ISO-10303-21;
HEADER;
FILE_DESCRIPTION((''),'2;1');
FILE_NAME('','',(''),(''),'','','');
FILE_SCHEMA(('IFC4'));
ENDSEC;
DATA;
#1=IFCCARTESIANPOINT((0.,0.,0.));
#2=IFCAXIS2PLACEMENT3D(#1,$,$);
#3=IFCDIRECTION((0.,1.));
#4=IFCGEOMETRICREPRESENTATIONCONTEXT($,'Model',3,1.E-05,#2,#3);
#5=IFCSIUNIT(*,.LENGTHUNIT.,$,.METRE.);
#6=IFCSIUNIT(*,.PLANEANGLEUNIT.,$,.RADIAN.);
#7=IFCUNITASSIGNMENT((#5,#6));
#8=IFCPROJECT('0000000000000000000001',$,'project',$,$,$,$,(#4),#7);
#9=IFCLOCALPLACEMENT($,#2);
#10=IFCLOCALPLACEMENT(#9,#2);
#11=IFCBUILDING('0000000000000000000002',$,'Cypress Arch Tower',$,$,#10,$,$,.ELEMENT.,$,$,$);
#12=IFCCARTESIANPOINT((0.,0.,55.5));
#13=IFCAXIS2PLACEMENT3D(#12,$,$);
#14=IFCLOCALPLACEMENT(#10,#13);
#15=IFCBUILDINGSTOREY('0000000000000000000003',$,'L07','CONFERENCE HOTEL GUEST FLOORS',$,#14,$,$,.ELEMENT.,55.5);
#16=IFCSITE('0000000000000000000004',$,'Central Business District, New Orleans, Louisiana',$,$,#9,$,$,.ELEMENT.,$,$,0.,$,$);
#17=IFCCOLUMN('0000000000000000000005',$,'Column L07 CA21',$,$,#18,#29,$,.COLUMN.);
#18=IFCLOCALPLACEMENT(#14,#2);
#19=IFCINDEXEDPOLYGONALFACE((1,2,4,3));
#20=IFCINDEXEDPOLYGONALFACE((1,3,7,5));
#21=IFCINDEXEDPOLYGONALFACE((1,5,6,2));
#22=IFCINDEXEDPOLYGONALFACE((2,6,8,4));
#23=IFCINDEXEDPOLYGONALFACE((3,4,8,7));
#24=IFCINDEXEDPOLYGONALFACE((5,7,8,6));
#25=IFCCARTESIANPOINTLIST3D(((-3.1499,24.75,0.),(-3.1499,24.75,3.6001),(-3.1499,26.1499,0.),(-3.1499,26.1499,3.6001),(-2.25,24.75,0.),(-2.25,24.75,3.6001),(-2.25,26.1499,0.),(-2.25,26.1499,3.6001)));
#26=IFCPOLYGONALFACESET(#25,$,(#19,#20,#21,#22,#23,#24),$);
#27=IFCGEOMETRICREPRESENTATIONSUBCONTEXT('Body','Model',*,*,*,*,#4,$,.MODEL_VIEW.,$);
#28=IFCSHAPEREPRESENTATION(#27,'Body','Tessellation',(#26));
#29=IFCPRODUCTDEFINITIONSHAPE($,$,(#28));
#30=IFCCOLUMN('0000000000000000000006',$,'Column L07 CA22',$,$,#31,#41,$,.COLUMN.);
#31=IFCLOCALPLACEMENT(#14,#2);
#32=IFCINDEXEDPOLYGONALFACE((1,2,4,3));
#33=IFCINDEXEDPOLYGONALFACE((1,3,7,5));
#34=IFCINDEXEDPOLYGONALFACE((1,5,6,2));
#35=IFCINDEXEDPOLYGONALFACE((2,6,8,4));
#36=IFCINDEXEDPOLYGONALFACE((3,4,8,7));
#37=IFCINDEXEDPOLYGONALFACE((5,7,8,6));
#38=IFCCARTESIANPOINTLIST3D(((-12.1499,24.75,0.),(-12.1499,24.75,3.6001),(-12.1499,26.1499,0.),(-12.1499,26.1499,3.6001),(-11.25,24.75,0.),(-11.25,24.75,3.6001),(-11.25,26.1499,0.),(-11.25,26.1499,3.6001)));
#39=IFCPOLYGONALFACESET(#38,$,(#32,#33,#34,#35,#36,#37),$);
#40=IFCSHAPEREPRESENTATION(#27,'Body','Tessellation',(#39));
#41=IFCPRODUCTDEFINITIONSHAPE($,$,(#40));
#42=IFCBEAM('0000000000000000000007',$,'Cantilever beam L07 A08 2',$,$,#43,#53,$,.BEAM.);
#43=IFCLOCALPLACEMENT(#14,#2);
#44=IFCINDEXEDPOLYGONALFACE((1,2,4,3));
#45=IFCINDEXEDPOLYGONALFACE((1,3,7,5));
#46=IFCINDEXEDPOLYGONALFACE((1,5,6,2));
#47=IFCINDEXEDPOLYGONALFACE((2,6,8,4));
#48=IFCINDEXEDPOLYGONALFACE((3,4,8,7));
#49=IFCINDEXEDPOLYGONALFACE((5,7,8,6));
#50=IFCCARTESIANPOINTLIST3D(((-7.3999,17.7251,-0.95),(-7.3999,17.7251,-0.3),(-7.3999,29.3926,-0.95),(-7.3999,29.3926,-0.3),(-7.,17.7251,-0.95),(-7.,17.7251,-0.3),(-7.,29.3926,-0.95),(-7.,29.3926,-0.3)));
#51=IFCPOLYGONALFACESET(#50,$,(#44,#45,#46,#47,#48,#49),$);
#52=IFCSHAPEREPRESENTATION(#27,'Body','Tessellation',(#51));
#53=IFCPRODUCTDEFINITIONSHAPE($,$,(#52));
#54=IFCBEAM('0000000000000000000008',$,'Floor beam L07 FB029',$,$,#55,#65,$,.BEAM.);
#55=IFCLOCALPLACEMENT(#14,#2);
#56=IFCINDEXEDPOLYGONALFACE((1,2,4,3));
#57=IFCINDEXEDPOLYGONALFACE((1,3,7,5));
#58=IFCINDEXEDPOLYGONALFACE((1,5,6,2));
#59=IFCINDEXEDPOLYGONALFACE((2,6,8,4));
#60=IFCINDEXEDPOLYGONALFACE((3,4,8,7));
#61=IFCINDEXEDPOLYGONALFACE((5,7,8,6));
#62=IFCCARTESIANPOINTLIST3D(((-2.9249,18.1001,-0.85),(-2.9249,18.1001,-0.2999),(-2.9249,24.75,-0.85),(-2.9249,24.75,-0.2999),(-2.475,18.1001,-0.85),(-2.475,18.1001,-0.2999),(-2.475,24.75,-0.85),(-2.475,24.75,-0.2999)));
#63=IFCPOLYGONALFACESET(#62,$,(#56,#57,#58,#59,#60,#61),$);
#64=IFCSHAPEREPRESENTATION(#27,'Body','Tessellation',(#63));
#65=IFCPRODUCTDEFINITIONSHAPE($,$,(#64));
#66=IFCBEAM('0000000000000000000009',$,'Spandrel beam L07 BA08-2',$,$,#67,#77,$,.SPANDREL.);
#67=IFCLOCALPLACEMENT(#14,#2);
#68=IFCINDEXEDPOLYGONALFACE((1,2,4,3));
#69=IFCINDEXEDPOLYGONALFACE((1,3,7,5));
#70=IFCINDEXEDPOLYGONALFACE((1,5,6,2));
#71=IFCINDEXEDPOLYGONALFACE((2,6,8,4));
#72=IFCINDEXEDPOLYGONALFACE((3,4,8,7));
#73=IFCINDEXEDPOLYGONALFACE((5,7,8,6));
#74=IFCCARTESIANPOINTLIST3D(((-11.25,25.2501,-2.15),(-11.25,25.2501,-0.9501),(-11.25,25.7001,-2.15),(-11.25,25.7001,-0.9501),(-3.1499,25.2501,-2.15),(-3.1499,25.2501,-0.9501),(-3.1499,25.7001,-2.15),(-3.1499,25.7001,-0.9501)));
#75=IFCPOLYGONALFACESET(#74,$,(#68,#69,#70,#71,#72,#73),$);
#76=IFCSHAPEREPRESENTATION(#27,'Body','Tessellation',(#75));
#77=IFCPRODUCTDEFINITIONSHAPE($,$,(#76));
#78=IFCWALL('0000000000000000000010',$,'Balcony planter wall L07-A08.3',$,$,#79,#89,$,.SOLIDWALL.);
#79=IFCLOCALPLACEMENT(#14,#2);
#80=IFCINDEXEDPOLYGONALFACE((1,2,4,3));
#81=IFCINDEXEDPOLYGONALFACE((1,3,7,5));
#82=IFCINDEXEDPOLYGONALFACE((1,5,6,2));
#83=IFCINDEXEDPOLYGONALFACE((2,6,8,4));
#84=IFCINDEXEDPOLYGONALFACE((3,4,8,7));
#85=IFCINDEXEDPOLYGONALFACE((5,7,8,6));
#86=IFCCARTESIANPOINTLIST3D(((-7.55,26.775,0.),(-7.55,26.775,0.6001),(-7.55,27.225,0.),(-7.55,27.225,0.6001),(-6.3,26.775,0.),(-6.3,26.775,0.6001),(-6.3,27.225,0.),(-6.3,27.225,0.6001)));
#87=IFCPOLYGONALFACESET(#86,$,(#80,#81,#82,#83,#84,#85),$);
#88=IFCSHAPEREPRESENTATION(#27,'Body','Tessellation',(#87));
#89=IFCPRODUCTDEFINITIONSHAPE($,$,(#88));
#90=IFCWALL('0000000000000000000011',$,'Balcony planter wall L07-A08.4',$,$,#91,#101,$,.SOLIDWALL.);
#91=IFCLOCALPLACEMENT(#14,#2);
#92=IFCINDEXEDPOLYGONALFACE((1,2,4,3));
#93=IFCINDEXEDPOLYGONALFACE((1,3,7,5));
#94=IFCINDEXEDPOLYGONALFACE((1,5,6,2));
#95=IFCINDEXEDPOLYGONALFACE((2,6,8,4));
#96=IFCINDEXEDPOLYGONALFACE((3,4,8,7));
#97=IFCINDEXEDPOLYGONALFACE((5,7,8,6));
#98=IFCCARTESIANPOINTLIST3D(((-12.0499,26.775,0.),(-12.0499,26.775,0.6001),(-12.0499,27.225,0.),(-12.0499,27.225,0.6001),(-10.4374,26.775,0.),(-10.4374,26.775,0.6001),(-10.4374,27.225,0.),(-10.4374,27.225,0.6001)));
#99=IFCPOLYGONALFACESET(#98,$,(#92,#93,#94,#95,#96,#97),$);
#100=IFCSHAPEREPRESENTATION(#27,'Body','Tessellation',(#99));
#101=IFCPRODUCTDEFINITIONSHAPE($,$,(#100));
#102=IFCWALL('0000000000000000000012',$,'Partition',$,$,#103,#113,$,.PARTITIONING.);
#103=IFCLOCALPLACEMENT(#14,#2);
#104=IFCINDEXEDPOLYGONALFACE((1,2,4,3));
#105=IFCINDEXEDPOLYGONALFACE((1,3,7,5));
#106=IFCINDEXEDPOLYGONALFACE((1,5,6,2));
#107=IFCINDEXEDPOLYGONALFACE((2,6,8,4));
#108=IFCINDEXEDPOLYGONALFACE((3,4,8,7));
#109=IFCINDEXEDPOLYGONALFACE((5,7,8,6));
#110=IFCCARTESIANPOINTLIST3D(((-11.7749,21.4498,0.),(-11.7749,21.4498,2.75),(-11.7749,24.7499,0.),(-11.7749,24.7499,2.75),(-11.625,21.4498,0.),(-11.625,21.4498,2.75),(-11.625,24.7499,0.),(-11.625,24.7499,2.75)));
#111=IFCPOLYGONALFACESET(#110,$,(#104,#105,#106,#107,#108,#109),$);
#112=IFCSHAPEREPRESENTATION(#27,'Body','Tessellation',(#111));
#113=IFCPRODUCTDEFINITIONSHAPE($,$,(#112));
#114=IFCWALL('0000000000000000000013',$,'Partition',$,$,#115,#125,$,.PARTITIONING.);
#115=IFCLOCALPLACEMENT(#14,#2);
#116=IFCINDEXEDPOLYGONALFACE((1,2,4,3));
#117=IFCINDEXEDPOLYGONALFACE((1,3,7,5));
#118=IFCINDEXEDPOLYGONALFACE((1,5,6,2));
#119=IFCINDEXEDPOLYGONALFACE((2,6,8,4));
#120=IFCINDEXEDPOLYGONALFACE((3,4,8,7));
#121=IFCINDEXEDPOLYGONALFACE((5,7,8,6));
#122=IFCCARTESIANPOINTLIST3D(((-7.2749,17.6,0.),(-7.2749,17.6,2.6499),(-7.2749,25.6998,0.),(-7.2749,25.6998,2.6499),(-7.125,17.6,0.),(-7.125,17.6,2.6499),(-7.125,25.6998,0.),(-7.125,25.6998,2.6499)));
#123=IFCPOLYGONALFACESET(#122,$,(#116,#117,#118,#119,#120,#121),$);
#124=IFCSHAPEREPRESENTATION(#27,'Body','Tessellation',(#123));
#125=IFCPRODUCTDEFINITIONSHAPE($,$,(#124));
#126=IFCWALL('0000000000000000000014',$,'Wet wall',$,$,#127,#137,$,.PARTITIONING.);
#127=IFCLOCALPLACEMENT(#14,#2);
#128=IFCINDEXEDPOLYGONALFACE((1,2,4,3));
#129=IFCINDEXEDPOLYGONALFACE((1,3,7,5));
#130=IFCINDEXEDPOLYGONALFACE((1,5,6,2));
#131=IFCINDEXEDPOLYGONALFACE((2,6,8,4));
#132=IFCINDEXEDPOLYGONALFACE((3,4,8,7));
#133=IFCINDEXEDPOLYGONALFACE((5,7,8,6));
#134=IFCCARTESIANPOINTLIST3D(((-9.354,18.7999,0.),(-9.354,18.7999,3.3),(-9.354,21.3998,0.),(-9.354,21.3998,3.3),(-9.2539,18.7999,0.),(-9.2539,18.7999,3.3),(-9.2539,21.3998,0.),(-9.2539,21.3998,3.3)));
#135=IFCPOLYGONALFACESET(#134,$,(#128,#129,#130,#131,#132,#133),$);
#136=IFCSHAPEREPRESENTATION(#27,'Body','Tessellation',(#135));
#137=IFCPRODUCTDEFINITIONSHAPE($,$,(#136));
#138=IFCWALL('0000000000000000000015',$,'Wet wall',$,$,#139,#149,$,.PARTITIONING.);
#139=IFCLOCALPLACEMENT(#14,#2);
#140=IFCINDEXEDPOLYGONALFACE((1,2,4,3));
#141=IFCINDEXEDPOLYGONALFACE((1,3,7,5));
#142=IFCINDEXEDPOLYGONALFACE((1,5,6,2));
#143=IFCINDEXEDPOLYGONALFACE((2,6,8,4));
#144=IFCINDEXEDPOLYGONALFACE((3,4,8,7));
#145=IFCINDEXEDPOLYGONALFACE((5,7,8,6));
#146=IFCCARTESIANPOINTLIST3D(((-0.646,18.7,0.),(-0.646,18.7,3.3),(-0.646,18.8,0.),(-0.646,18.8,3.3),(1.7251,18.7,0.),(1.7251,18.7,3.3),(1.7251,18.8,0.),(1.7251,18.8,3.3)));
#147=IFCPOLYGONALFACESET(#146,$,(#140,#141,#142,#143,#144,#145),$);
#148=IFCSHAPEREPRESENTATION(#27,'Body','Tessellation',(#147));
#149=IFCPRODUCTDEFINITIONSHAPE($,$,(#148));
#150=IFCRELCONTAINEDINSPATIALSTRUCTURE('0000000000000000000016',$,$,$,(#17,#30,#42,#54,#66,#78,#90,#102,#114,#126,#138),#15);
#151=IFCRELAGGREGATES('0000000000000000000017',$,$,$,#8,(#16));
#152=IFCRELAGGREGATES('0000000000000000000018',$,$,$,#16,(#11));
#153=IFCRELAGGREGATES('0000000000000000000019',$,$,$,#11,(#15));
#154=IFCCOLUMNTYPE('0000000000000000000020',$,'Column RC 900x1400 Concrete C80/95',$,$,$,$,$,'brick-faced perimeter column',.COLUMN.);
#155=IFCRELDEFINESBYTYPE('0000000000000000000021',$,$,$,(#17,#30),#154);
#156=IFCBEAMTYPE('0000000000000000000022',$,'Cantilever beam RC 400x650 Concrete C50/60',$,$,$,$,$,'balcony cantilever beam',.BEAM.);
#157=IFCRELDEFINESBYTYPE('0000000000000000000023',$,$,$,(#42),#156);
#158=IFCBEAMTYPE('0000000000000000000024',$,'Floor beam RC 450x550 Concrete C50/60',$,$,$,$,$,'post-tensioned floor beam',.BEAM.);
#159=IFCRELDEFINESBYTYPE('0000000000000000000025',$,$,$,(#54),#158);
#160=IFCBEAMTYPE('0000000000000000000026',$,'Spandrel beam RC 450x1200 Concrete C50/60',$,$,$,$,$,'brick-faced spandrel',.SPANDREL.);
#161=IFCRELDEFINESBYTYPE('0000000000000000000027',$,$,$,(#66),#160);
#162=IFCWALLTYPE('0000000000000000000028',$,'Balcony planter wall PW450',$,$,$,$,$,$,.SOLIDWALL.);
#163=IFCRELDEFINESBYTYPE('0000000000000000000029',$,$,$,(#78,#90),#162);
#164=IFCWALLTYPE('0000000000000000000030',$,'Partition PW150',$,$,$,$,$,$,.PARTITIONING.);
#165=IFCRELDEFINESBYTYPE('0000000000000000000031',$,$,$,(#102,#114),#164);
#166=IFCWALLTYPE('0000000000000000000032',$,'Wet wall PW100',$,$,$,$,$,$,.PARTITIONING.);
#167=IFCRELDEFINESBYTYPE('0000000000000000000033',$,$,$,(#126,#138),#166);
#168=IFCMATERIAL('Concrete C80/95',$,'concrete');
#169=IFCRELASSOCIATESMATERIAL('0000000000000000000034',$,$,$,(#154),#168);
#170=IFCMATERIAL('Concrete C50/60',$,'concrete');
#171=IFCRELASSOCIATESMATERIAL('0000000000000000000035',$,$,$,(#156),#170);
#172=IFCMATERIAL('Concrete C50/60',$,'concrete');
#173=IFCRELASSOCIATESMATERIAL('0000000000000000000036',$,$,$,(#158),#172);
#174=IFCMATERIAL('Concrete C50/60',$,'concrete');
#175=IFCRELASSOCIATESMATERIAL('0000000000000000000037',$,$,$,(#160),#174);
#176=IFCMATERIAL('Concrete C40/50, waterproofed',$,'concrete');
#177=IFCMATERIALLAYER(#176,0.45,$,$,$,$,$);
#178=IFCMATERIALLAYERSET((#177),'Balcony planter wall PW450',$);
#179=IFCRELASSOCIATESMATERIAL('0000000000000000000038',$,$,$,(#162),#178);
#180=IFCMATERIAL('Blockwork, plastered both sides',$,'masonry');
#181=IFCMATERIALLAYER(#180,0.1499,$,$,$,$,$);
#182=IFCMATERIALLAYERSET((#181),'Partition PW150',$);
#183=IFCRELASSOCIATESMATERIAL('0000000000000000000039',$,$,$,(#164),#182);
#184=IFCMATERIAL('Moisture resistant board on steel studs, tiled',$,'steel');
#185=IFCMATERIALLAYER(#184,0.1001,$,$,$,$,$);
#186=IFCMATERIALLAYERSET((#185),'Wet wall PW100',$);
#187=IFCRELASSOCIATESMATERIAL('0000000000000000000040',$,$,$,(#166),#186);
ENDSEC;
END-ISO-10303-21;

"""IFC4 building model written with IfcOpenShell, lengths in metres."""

from ifc_helpers import new_model, si_unit, direction, frame, frame_2d, origin, origin_2d, place, context, subcontext, project, spatial, rectangle, extrude, material, layer, layer_set, material_profile, profile_set, type_object, element, save


model = new_model("IFC4")

# Units and contexts
model_context = context("Model", 3, precision=1e-05, world=origin(), true_north=direction((0.0, 1.0)))
body_context = subcontext(model_context, "Body", "Model", "MODEL_VIEW")
ifc_project = project(units=[si_unit("LENGTHUNIT", "METRE"), si_unit("PLANEANGLEUNIT", "RADIAN")], contexts=[model_context])

# Site, building, storey
site_placement = place(None, origin())
site = spatial("IfcSite", under=ifc_project, at=site_placement, Name="Central Business District, New Orleans, Louisiana", CompositionType="ELEMENT", RefElevation=0.0)
building_placement = place(site_placement, origin())
building = spatial("IfcBuilding", under=site, at=building_placement, Name="Cypress Arch Tower", CompositionType="ELEMENT")
storey_placement = place(building_placement, frame((0.0, 0.0, 55.5)))
storey = spatial("IfcBuildingStorey", under=building, at=storey_placement, Name="L07", Description="CONFERENCE HOTEL GUEST FLOORS", CompositionType="ELEMENT", Elevation=55.5)

# Columns
ifc_material_1 = material(Name="Concrete C80/95", Category="concrete")
ifc_material_profile_1 = material_profile(ifc_material_1, rectangle(XDim=0.8999, YDim=1.3999, at=origin_2d()), Name="RC 900x1400")
ifc_profile_set_1 = profile_set([ifc_material_profile_1], Name="Concrete C80/95")
column_type = type_object("IfcColumnType", Name="Column RC 900x1400 Concrete C80/95", ElementType="brick-faced perimeter column", PredefinedType="COLUMN", material=ifc_profile_set_1)
for number, where, z_axis, x_axis, name in (
    (1, (-2.7, 25.45, 0.0), (0.0, 0.0, 1.0), (-1.0, 0.0, 0.0), "Column L07 CA21"),
    (2, (-11.7, 25.45, 0.0), (0.0, 0.0, 1.0), (-1.0, 0.0, 0.0), "Column L07 CA22"),
):
    element("IfcColumn", number, at=place(storey_placement, frame(where, z_axis=z_axis, x_axis=x_axis)), inside=storey, type_object=column_type, Name=name, PredefinedType="COLUMN", context=body_context, shape_type="SweptSolid", body=[
        extrude(rectangle(XDim=0.8999, YDim=1.3999, at=origin_2d()), origin(), (0.0, 0.0, 1.0), 3.6001),
    ])

# Beams
ifc_material_2 = material(Name="Concrete C50/60", Category="concrete")
ifc_material_profile_2 = material_profile(ifc_material_2, rectangle(XDim=0.3999, YDim=0.6499, at=origin_2d()), Name="RC 400x650")
ifc_profile_set_2 = profile_set([ifc_material_profile_2], Name="Concrete C50/60")
beam_type_1 = type_object("IfcBeamType", Name="Cantilever beam RC 400x650 Concrete C50/60", ElementType="balcony cantilever beam", PredefinedType="BEAM", material=ifc_profile_set_2)
beam_1_placement = place(storey_placement, frame((-7.2, 17.7251, -0.625), z_axis=(0.0, 1.0, 0.0), x_axis=(-1.0, 0.0, 0.0)))
element("IfcBeam", 3, at=beam_1_placement, inside=storey, type_object=beam_type_1, Name="Cantilever beam L07 A08 2", PredefinedType="BEAM", context=body_context, shape_type="SweptSolid", body=[
    extrude(rectangle(XDim=0.3999, YDim=0.6499, at=origin_2d()), origin(), (0.0, 0.0, 1.0), 11.6675),
])
ifc_material_3 = material(Name="Concrete C50/60", Category="concrete")
ifc_material_profile_3 = material_profile(ifc_material_3, rectangle(XDim=0.45, YDim=0.55, at=origin_2d()), Name="RC 450x550")
ifc_profile_set_3 = profile_set([ifc_material_profile_3], Name="Concrete C50/60")
beam_type_2 = type_object("IfcBeamType", Name="Floor beam RC 450x550 Concrete C50/60", ElementType="post-tensioned floor beam", PredefinedType="BEAM", material=ifc_profile_set_3)
beam_2_placement = place(storey_placement, frame((-2.7, 18.1001, -0.575), z_axis=(0.0, 1.0, 0.0), x_axis=(-1.0, 0.0, 0.0)))
element("IfcBeam", 4, at=beam_2_placement, inside=storey, type_object=beam_type_2, Name="Floor beam L07 FB029", PredefinedType="BEAM", context=body_context, shape_type="SweptSolid", body=[
    extrude(rectangle(XDim=0.45, YDim=0.55, at=origin_2d()), origin(), (0.0, 0.0, 1.0), 6.6499),
])
ifc_material_4 = material(Name="Concrete C50/60", Category="concrete")
ifc_material_profile_4 = material_profile(ifc_material_4, rectangle(XDim=0.45, YDim=1.2, at=origin_2d()), Name="RC 450x1200")
ifc_profile_set_4 = profile_set([ifc_material_profile_4], Name="Concrete C50/60")
beam_type_3 = type_object("IfcBeamType", Name="Spandrel beam RC 450x1200 Concrete C50/60", ElementType="brick-faced spandrel", PredefinedType="SPANDREL", material=ifc_profile_set_4)
beam_3_placement = place(storey_placement, frame((-3.1499, 25.4751, -1.55), z_axis=(-1.0, 0.0, 0.0), x_axis=(0.0, -1.0, 0.0)))
element("IfcBeam", 5, at=beam_3_placement, inside=storey, type_object=beam_type_3, Name="Spandrel beam L07 BA08-2", PredefinedType="SPANDREL", context=body_context, shape_type="SweptSolid", body=[
    extrude(rectangle(XDim=0.45, YDim=1.2, at=origin_2d()), origin(), (0.0, 0.0, 1.0), 8.1001),
])

# Walls
ifc_material_5 = material(Name="Concrete C40/50, waterproofed", Category="concrete")
ifc_layer_1 = layer(ifc_material_5, 0.45)
ifc_layer_set_1 = layer_set([ifc_layer_1], Name="Balcony planter wall PW450")
wall_type_1 = type_object("IfcWallType", Name="Balcony planter wall PW450", PredefinedType="SOLIDWALL", material=ifc_layer_set_1)
wall_1_placement = place(storey_placement, frame((-6.3, 27.0, 0.0), z_axis=(0.0, 0.0, 1.0), x_axis=(-1.0, 0.0, 0.0)))
element("IfcWall", 6, at=wall_1_placement, inside=storey, type_object=wall_type_1, Name="Balcony planter wall L07-A08.3", PredefinedType="SOLIDWALL", context=body_context, shape_type="SweptSolid", body=[
    extrude(rectangle(XDim=1.25, YDim=0.45, at=frame_2d((0.625, 0.0))), origin(), (0.0, 0.0, 1.0), 0.6001),
])
wall_2_placement = place(storey_placement, frame((-10.4375, 27.0, 0.0), z_axis=(0.0, 0.0, 1.0), x_axis=(-1.0, 0.0, 0.0)))
element("IfcWall", 7, at=wall_2_placement, inside=storey, type_object=wall_type_1, Name="Balcony planter wall L07-A08.4", PredefinedType="SOLIDWALL", context=body_context, shape_type="SweptSolid", body=[
    extrude(rectangle(XDim=1.6125, YDim=0.45, at=frame_2d((0.8062, 0.0))), origin(), (0.0, 0.0, 1.0), 0.6001),
])

# Walls
ifc_material_6 = material(Name="Blockwork, plastered both sides", Category="masonry")
ifc_layer_2 = layer(ifc_material_6, 0.1499)
ifc_layer_set_2 = layer_set([ifc_layer_2], Name="Partition PW150")
wall_type_2 = type_object("IfcWallType", Name="Partition PW150", PredefinedType="PARTITIONING", material=ifc_layer_set_2)
wall_3_placement = place(storey_placement, frame((-11.7, 21.45, 0.0), z_axis=(0.0, 0.0, 1.0), x_axis=(0.0, 1.0, 0.0)))
element("IfcWall", 8, at=wall_3_placement, inside=storey, type_object=wall_type_2, Name="Partition", PredefinedType="PARTITIONING", context=body_context, shape_type="SweptSolid", body=[
    extrude(rectangle(XDim=3.3, YDim=0.1499, at=frame_2d((1.6499, 0.0))), origin(), (0.0, 0.0, 1.0), 2.75),
])
wall_4_placement = place(storey_placement, frame((-7.2, 17.6001, 0.0), z_axis=(0.0, 0.0, 1.0), x_axis=(0.0, 1.0, 0.0)))
element("IfcWall", 9, at=wall_4_placement, inside=storey, type_object=wall_type_2, Name="Partition", PredefinedType="PARTITIONING", context=body_context, shape_type="SweptSolid", body=[
    extrude(rectangle(XDim=8.0999, YDim=0.1499, at=frame_2d((4.0498, 0.0))), origin(), (0.0, 0.0, 1.0), 2.6499),
])
ifc_material_7 = material(Name="Moisture resistant board on steel studs, tiled", Category="steel")
ifc_layer_3 = layer(ifc_material_7, 0.1001)
ifc_layer_set_3 = layer_set([ifc_layer_3], Name="Wet wall PW100")
wall_type_3 = type_object("IfcWallType", Name="Wet wall PW100", PredefinedType="PARTITIONING", material=ifc_layer_set_3)
wall_5_placement = place(storey_placement, frame((-9.304, 18.8, 0.0), z_axis=(0.0, 0.0, 1.0), x_axis=(0.0, 1.0, 0.0)))
element("IfcWall", 10, at=wall_5_placement, inside=storey, type_object=wall_type_3, Name="Wet wall", PredefinedType="PARTITIONING", context=body_context, shape_type="SweptSolid", body=[
    extrude(rectangle(XDim=2.5999, YDim=0.1001, at=frame_2d((1.2998, 0.0))), origin(), (0.0, 0.0, 1.0), 3.3),
])
wall_6_placement = place(storey_placement, frame((-0.646, 18.75, 0.0), z_axis=(0.0, 0.0, 1.0), x_axis=(1.0, 0.0, 0.0)))
element("IfcWall", 11, at=wall_6_placement, inside=storey, type_object=wall_type_3, Name="Wet wall", PredefinedType="PARTITIONING", context=body_context, shape_type="SweptSolid", body=[
    extrude(rectangle(XDim=2.3711, YDim=0.1001, at=frame_2d((1.1855, 0.0))), origin(), (0.0, 0.0, 1.0), 3.3),
])

save(model, "model.ifc")
